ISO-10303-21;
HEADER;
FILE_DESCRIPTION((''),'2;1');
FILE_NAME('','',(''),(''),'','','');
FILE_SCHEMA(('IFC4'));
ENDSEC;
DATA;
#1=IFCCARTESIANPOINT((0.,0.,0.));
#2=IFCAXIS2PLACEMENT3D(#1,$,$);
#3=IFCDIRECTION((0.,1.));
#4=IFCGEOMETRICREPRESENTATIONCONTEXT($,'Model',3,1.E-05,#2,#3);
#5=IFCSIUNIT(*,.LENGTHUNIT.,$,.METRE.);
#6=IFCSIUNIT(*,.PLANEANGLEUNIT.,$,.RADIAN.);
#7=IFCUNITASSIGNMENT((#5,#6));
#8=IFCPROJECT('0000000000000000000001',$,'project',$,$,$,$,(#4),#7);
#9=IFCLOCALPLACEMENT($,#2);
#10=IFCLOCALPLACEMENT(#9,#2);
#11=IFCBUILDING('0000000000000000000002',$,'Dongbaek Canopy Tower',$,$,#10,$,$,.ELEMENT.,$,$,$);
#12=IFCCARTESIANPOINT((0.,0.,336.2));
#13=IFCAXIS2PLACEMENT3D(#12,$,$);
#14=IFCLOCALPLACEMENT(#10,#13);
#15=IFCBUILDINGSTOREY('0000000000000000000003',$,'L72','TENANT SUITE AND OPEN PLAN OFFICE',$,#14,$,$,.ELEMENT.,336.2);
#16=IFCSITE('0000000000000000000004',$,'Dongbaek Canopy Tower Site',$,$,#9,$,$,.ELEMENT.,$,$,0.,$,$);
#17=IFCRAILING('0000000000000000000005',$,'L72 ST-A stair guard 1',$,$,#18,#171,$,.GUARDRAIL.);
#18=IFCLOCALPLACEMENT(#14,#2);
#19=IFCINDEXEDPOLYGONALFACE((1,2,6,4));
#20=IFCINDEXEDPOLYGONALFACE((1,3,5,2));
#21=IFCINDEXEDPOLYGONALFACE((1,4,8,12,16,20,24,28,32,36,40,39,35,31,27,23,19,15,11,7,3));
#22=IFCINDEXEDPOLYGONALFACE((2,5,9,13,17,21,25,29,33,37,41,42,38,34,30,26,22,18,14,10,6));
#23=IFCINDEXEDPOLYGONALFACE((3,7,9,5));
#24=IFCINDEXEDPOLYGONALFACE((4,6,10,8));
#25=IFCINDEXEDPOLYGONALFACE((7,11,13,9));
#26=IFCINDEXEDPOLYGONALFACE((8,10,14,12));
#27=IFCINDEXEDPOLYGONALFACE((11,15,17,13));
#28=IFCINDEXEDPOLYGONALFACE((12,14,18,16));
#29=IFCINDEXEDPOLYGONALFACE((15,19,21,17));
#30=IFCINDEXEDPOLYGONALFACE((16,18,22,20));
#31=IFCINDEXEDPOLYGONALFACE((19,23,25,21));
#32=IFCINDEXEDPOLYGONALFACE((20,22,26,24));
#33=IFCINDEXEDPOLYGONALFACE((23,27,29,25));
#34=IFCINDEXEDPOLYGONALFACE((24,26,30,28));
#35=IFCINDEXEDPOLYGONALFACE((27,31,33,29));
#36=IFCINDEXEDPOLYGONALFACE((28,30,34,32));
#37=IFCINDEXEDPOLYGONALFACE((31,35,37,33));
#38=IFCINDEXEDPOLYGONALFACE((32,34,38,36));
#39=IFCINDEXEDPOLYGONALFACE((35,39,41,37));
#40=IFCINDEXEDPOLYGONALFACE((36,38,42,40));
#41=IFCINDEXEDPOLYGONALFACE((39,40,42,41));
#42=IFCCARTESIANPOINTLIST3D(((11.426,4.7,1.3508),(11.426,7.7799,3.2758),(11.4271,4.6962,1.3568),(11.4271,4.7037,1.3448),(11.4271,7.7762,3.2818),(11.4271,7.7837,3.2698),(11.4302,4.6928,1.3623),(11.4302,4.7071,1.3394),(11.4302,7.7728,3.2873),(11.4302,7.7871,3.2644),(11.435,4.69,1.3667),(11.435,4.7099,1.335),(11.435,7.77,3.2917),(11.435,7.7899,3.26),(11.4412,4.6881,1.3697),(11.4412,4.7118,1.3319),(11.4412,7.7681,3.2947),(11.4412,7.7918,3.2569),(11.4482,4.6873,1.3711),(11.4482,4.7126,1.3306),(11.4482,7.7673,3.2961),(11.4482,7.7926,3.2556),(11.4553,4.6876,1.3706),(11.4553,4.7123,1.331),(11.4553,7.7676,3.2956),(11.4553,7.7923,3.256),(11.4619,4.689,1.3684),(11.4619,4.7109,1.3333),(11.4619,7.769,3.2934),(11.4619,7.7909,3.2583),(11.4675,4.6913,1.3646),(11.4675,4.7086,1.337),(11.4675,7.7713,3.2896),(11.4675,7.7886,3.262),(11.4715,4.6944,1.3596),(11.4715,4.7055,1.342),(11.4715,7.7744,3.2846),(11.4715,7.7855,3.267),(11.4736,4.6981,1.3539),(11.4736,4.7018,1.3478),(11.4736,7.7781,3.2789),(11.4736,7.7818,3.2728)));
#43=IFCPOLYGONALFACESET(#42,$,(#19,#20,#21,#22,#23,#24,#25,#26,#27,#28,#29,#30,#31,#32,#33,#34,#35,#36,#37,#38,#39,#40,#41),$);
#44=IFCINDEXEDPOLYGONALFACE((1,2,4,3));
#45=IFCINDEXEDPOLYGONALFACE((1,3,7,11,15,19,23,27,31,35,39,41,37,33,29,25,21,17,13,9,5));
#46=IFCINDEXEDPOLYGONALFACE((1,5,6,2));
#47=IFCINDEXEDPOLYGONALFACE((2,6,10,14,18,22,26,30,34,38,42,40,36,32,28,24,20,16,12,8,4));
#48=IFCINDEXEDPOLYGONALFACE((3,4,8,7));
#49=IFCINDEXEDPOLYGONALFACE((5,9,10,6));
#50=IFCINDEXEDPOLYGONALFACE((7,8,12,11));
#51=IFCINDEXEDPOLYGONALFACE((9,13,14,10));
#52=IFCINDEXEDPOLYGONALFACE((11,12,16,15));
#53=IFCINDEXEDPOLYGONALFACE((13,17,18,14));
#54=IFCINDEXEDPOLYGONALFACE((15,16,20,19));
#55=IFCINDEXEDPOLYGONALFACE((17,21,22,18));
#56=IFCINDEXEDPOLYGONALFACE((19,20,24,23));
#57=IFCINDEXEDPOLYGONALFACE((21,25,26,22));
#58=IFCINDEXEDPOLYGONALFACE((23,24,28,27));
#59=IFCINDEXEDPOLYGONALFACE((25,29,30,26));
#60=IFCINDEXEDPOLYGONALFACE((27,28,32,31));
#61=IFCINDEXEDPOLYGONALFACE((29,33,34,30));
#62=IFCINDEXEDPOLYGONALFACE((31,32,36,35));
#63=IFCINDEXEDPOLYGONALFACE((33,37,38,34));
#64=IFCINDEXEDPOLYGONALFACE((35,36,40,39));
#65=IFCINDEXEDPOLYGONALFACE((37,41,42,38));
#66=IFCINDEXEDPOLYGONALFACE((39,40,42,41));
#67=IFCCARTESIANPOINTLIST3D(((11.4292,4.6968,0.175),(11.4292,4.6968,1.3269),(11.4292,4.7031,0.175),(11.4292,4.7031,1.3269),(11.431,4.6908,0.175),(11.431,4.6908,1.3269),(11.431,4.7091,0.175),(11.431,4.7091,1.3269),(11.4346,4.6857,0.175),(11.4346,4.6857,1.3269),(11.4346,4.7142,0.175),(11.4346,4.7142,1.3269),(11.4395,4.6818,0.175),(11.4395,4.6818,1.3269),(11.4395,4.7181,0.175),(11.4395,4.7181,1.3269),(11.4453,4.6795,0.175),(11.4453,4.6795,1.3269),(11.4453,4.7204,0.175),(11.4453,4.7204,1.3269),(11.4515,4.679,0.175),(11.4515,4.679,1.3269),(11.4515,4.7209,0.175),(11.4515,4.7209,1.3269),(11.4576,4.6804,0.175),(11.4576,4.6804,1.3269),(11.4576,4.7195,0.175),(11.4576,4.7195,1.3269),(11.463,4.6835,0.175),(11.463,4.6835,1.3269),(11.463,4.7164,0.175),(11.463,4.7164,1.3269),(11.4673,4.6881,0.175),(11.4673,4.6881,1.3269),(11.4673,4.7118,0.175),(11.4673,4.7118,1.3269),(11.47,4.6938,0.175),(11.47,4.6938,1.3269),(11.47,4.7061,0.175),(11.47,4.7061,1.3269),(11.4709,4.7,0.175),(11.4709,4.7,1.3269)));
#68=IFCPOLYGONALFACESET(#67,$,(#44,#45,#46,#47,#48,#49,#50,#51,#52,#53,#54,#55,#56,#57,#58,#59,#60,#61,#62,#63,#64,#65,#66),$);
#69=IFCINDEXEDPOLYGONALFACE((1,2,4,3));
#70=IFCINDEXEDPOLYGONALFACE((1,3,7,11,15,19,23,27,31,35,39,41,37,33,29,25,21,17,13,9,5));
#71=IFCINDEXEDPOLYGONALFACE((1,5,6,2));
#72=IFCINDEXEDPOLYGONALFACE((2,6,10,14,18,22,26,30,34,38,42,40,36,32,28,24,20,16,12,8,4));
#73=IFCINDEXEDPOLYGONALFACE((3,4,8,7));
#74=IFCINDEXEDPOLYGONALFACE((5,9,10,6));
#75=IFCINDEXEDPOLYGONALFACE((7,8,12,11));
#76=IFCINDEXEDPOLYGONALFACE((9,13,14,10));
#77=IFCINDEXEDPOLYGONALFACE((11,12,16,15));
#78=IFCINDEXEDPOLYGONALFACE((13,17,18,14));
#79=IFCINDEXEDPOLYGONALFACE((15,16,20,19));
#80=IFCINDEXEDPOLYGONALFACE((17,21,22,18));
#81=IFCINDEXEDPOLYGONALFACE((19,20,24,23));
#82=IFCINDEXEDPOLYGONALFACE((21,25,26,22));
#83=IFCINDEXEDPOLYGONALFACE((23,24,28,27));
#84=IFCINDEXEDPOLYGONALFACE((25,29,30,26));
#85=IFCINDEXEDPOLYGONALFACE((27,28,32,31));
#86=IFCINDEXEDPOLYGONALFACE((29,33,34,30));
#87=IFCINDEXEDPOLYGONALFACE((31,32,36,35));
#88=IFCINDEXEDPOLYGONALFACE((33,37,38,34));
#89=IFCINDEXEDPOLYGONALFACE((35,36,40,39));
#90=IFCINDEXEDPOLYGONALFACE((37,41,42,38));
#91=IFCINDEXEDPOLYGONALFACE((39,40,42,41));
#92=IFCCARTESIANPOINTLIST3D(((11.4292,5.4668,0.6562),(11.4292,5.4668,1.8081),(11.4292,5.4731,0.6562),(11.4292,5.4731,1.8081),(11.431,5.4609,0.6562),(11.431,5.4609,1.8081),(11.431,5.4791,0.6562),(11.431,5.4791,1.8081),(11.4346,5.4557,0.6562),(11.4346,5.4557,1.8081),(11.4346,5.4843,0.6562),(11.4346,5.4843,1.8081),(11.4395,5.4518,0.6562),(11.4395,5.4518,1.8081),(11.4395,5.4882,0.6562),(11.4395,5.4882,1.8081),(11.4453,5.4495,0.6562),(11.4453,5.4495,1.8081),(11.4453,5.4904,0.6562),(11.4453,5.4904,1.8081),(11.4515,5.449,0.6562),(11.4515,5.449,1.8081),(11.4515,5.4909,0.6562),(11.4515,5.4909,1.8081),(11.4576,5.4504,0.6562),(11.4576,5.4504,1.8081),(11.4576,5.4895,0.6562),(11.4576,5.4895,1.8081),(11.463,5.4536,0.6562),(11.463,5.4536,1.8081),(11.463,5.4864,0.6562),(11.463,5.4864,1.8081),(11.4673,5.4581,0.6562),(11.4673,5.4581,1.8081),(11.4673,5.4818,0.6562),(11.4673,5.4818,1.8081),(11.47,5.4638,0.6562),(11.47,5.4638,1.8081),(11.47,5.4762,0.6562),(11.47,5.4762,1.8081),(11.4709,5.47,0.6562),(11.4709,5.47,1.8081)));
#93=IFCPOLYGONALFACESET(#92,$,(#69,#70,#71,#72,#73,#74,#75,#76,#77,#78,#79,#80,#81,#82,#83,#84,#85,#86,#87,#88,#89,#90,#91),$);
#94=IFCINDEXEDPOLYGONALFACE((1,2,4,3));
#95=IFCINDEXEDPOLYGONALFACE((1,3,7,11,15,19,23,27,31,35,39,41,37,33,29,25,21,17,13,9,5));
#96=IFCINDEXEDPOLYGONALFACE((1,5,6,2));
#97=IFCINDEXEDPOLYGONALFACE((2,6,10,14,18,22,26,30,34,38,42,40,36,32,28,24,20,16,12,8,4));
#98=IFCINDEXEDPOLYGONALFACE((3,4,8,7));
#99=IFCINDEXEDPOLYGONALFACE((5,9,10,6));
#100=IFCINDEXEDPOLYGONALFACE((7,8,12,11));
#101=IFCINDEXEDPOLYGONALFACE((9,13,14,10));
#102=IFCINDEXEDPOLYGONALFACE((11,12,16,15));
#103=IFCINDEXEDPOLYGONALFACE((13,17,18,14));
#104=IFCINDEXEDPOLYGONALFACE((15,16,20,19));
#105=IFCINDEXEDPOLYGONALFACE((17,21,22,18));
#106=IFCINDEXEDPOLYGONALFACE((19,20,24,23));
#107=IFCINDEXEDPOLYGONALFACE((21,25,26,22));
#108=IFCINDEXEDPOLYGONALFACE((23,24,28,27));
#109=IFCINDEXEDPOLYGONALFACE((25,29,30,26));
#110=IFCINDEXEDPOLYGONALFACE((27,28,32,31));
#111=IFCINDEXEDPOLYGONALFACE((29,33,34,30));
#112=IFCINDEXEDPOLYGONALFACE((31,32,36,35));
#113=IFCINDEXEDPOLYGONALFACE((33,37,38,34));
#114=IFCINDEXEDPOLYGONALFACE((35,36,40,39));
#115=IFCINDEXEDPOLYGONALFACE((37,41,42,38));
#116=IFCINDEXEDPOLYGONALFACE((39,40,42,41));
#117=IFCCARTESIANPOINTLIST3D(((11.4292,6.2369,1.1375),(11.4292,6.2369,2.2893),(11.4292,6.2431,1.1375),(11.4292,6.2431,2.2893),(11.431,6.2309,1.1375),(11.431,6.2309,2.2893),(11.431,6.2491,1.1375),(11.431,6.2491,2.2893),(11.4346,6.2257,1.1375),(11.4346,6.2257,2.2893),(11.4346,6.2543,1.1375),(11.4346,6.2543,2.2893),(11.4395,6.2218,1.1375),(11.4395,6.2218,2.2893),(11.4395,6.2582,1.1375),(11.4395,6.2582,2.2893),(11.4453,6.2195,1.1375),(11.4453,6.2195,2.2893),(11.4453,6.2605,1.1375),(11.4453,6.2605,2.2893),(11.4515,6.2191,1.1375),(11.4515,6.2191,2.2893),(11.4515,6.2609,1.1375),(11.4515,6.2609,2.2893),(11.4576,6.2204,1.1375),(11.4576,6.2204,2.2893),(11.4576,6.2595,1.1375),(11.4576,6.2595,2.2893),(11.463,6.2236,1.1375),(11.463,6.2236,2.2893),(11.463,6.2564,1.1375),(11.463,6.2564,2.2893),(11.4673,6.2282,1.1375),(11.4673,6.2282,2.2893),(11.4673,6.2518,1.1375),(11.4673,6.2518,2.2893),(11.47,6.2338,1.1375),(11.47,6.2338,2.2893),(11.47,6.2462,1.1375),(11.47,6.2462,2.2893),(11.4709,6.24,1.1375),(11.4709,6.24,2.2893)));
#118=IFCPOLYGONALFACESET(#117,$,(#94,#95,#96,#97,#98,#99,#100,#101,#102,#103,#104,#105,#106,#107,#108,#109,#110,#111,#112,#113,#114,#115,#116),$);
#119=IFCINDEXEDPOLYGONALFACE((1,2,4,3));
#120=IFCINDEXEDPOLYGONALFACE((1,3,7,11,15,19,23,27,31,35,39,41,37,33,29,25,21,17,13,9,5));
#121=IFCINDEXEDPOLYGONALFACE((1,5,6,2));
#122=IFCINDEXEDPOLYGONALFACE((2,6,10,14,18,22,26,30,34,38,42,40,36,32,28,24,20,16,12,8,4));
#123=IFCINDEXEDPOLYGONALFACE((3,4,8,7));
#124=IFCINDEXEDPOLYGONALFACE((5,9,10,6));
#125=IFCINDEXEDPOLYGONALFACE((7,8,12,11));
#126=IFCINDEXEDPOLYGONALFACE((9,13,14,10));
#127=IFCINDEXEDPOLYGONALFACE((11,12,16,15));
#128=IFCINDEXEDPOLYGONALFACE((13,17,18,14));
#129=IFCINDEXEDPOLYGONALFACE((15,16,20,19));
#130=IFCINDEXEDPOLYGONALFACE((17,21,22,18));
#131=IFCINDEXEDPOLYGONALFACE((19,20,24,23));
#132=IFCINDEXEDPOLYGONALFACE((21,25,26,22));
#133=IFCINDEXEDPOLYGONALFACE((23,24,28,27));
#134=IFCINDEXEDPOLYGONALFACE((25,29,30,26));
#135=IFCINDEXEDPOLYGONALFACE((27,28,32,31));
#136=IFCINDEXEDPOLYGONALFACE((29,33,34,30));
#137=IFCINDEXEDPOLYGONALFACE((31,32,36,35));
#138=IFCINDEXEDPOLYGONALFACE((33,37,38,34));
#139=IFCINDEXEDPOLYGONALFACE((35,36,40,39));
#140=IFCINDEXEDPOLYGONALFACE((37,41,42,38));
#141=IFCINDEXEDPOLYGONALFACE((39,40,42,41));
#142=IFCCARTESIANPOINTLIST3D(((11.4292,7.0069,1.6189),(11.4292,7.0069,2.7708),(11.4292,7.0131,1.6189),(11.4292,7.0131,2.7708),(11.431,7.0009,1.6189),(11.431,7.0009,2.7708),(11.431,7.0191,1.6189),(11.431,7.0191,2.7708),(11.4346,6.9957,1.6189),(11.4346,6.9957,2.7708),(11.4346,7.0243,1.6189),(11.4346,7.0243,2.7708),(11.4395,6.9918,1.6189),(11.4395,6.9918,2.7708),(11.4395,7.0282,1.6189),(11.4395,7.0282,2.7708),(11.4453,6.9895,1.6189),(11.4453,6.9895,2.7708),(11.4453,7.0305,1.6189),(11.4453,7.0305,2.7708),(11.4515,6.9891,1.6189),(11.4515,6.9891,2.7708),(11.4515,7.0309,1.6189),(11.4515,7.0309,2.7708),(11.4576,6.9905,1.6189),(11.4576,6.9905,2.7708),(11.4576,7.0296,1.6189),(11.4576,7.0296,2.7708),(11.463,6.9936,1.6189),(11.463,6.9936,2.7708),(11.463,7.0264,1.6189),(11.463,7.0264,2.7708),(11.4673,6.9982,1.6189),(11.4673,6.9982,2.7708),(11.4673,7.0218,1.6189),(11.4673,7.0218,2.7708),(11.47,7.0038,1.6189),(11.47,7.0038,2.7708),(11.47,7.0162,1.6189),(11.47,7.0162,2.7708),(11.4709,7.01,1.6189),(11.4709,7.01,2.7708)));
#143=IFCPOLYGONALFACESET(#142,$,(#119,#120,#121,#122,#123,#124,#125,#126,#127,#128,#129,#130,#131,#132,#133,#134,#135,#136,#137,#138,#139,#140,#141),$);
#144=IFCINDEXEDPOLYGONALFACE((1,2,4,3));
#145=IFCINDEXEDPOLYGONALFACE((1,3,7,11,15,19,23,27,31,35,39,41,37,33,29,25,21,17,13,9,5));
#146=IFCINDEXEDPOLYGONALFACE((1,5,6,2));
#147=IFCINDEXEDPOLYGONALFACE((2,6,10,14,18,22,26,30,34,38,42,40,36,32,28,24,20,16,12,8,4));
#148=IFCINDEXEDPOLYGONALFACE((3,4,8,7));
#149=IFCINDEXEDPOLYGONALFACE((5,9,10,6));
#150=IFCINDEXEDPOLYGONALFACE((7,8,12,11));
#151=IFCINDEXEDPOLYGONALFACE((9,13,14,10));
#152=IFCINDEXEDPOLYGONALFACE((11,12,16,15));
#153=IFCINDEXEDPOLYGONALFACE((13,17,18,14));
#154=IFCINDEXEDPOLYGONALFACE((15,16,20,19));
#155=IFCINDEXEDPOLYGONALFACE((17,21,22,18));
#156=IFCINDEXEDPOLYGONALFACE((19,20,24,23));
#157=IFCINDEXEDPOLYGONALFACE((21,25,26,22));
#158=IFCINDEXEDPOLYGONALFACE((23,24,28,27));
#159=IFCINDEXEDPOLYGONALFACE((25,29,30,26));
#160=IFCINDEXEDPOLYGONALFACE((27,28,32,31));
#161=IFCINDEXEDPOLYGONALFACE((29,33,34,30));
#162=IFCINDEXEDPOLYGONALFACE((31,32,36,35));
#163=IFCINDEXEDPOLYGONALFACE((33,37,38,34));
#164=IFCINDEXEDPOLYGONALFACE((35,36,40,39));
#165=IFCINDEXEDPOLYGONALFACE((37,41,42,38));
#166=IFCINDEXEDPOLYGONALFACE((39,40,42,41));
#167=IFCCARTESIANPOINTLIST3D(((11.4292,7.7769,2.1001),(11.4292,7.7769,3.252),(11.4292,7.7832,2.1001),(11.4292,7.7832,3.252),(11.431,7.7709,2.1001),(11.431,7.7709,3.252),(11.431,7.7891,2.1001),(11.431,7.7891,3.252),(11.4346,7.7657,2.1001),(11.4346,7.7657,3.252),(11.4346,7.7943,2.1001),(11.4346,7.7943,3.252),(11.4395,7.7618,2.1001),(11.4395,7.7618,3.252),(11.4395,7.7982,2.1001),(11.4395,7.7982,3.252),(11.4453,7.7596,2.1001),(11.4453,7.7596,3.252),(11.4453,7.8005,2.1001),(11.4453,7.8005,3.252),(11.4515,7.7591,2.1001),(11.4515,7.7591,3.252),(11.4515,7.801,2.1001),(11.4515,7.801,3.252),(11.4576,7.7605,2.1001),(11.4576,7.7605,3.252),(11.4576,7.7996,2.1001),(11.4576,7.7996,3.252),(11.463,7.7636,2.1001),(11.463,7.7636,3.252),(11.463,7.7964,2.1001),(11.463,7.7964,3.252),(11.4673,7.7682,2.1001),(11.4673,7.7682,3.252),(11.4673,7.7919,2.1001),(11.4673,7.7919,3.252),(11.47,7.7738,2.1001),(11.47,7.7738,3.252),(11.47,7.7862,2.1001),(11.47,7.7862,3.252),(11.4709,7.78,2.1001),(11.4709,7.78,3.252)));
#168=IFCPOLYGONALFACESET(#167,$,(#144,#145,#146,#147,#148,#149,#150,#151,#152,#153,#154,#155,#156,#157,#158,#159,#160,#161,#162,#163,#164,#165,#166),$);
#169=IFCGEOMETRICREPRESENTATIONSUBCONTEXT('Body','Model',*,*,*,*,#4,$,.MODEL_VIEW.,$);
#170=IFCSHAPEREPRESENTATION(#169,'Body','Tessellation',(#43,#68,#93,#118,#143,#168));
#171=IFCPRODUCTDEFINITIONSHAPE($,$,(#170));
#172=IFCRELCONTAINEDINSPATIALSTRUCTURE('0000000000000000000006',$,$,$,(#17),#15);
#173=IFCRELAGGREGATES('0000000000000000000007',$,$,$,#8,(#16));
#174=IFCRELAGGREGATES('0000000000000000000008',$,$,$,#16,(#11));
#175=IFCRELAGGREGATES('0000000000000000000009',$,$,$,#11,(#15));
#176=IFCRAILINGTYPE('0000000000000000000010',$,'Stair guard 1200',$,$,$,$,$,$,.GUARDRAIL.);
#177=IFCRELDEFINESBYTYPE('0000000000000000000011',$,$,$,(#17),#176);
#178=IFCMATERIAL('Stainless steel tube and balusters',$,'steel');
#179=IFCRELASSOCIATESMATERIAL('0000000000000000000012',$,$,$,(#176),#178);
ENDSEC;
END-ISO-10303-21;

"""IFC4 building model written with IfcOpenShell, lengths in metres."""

from ifc_helpers import new_model, si_unit, direction, frame, origin, origin_2d, place, context, subcontext, project, spatial, circle, extrude, material, type_object, element, save


model = new_model("IFC4")

# Units and contexts
model_context = context("Model", 3, precision=1e-05, world=origin(), true_north=direction((0.0, 1.0)))
body_context = subcontext(model_context, "Body", "Model", "MODEL_VIEW")
ifc_project = project(units=[si_unit("LENGTHUNIT", "METRE"), si_unit("PLANEANGLEUNIT", "RADIAN")], contexts=[model_context])

# Site, building, storey
site_placement = place(None, origin())
site = spatial("IfcSite", under=ifc_project, at=site_placement, Name="Dongbaek Canopy Tower Site", CompositionType="ELEMENT", RefElevation=0.0)
building_placement = place(site_placement, origin())
building = spatial("IfcBuilding", under=site, at=building_placement, Name="Dongbaek Canopy Tower", CompositionType="ELEMENT")
storey_placement = place(building_placement, frame((0.0, 0.0, 336.2)))
storey = spatial("IfcBuildingStorey", under=building, at=storey_placement, Name="L72", Description="TENANT SUITE AND OPEN PLAN OFFICE", CompositionType="ELEMENT", Elevation=336.2)

# Railing
ifc_material_1 = material(Name="Stainless steel tube and balusters", Category="steel")
railing_type_1 = type_object("IfcRailingType", Name="Stair guard 1200", PredefinedType="GUARDRAIL", material=ifc_material_1)
railing_1_placement = place(storey_placement, frame((11.45, 4.7, 0.175)))
element("IfcRailing", 1, at=railing_1_placement, inside=storey, type_object=railing_type_1, Name="L72 ST-A stair guard 1", PredefinedType="GUARDRAIL", context=body_context, shape_type="SweptSolid", body=[
    extrude(circle(Radius=0.0239, at=origin_2d()), frame((0.0, 0.0, 1.1758), z_axis=(0.0, 0.847998, 0.529999), x_axis=(-1.0, 0.0, 0.0)), (0.0, 0.0, 1.0), 3.6321),
    extrude(circle(Radius=0.021, at=origin_2d()), origin(), (0.0, 0.0, 1.0), 1.1519),
    extrude(circle(Radius=0.021, at=origin_2d()), frame((0.0, 0.77, 0.4812)), (0.0, 0.0, 1.0), 1.1519),
    extrude(circle(Radius=0.021, at=origin_2d()), frame((0.0, 1.54, 0.9624)), (0.0, 0.0, 1.0), 1.1519),
    extrude(circle(Radius=0.021, at=origin_2d()), frame((0.0, 2.3101, 1.4438)), (0.0, 0.0, 1.0), 1.1519),
    extrude(circle(Radius=0.021, at=origin_2d()), frame((0.0, 3.0801, 1.925)), (0.0, 0.0, 1.0), 1.1519),
])

save(model, "model.ifc")
